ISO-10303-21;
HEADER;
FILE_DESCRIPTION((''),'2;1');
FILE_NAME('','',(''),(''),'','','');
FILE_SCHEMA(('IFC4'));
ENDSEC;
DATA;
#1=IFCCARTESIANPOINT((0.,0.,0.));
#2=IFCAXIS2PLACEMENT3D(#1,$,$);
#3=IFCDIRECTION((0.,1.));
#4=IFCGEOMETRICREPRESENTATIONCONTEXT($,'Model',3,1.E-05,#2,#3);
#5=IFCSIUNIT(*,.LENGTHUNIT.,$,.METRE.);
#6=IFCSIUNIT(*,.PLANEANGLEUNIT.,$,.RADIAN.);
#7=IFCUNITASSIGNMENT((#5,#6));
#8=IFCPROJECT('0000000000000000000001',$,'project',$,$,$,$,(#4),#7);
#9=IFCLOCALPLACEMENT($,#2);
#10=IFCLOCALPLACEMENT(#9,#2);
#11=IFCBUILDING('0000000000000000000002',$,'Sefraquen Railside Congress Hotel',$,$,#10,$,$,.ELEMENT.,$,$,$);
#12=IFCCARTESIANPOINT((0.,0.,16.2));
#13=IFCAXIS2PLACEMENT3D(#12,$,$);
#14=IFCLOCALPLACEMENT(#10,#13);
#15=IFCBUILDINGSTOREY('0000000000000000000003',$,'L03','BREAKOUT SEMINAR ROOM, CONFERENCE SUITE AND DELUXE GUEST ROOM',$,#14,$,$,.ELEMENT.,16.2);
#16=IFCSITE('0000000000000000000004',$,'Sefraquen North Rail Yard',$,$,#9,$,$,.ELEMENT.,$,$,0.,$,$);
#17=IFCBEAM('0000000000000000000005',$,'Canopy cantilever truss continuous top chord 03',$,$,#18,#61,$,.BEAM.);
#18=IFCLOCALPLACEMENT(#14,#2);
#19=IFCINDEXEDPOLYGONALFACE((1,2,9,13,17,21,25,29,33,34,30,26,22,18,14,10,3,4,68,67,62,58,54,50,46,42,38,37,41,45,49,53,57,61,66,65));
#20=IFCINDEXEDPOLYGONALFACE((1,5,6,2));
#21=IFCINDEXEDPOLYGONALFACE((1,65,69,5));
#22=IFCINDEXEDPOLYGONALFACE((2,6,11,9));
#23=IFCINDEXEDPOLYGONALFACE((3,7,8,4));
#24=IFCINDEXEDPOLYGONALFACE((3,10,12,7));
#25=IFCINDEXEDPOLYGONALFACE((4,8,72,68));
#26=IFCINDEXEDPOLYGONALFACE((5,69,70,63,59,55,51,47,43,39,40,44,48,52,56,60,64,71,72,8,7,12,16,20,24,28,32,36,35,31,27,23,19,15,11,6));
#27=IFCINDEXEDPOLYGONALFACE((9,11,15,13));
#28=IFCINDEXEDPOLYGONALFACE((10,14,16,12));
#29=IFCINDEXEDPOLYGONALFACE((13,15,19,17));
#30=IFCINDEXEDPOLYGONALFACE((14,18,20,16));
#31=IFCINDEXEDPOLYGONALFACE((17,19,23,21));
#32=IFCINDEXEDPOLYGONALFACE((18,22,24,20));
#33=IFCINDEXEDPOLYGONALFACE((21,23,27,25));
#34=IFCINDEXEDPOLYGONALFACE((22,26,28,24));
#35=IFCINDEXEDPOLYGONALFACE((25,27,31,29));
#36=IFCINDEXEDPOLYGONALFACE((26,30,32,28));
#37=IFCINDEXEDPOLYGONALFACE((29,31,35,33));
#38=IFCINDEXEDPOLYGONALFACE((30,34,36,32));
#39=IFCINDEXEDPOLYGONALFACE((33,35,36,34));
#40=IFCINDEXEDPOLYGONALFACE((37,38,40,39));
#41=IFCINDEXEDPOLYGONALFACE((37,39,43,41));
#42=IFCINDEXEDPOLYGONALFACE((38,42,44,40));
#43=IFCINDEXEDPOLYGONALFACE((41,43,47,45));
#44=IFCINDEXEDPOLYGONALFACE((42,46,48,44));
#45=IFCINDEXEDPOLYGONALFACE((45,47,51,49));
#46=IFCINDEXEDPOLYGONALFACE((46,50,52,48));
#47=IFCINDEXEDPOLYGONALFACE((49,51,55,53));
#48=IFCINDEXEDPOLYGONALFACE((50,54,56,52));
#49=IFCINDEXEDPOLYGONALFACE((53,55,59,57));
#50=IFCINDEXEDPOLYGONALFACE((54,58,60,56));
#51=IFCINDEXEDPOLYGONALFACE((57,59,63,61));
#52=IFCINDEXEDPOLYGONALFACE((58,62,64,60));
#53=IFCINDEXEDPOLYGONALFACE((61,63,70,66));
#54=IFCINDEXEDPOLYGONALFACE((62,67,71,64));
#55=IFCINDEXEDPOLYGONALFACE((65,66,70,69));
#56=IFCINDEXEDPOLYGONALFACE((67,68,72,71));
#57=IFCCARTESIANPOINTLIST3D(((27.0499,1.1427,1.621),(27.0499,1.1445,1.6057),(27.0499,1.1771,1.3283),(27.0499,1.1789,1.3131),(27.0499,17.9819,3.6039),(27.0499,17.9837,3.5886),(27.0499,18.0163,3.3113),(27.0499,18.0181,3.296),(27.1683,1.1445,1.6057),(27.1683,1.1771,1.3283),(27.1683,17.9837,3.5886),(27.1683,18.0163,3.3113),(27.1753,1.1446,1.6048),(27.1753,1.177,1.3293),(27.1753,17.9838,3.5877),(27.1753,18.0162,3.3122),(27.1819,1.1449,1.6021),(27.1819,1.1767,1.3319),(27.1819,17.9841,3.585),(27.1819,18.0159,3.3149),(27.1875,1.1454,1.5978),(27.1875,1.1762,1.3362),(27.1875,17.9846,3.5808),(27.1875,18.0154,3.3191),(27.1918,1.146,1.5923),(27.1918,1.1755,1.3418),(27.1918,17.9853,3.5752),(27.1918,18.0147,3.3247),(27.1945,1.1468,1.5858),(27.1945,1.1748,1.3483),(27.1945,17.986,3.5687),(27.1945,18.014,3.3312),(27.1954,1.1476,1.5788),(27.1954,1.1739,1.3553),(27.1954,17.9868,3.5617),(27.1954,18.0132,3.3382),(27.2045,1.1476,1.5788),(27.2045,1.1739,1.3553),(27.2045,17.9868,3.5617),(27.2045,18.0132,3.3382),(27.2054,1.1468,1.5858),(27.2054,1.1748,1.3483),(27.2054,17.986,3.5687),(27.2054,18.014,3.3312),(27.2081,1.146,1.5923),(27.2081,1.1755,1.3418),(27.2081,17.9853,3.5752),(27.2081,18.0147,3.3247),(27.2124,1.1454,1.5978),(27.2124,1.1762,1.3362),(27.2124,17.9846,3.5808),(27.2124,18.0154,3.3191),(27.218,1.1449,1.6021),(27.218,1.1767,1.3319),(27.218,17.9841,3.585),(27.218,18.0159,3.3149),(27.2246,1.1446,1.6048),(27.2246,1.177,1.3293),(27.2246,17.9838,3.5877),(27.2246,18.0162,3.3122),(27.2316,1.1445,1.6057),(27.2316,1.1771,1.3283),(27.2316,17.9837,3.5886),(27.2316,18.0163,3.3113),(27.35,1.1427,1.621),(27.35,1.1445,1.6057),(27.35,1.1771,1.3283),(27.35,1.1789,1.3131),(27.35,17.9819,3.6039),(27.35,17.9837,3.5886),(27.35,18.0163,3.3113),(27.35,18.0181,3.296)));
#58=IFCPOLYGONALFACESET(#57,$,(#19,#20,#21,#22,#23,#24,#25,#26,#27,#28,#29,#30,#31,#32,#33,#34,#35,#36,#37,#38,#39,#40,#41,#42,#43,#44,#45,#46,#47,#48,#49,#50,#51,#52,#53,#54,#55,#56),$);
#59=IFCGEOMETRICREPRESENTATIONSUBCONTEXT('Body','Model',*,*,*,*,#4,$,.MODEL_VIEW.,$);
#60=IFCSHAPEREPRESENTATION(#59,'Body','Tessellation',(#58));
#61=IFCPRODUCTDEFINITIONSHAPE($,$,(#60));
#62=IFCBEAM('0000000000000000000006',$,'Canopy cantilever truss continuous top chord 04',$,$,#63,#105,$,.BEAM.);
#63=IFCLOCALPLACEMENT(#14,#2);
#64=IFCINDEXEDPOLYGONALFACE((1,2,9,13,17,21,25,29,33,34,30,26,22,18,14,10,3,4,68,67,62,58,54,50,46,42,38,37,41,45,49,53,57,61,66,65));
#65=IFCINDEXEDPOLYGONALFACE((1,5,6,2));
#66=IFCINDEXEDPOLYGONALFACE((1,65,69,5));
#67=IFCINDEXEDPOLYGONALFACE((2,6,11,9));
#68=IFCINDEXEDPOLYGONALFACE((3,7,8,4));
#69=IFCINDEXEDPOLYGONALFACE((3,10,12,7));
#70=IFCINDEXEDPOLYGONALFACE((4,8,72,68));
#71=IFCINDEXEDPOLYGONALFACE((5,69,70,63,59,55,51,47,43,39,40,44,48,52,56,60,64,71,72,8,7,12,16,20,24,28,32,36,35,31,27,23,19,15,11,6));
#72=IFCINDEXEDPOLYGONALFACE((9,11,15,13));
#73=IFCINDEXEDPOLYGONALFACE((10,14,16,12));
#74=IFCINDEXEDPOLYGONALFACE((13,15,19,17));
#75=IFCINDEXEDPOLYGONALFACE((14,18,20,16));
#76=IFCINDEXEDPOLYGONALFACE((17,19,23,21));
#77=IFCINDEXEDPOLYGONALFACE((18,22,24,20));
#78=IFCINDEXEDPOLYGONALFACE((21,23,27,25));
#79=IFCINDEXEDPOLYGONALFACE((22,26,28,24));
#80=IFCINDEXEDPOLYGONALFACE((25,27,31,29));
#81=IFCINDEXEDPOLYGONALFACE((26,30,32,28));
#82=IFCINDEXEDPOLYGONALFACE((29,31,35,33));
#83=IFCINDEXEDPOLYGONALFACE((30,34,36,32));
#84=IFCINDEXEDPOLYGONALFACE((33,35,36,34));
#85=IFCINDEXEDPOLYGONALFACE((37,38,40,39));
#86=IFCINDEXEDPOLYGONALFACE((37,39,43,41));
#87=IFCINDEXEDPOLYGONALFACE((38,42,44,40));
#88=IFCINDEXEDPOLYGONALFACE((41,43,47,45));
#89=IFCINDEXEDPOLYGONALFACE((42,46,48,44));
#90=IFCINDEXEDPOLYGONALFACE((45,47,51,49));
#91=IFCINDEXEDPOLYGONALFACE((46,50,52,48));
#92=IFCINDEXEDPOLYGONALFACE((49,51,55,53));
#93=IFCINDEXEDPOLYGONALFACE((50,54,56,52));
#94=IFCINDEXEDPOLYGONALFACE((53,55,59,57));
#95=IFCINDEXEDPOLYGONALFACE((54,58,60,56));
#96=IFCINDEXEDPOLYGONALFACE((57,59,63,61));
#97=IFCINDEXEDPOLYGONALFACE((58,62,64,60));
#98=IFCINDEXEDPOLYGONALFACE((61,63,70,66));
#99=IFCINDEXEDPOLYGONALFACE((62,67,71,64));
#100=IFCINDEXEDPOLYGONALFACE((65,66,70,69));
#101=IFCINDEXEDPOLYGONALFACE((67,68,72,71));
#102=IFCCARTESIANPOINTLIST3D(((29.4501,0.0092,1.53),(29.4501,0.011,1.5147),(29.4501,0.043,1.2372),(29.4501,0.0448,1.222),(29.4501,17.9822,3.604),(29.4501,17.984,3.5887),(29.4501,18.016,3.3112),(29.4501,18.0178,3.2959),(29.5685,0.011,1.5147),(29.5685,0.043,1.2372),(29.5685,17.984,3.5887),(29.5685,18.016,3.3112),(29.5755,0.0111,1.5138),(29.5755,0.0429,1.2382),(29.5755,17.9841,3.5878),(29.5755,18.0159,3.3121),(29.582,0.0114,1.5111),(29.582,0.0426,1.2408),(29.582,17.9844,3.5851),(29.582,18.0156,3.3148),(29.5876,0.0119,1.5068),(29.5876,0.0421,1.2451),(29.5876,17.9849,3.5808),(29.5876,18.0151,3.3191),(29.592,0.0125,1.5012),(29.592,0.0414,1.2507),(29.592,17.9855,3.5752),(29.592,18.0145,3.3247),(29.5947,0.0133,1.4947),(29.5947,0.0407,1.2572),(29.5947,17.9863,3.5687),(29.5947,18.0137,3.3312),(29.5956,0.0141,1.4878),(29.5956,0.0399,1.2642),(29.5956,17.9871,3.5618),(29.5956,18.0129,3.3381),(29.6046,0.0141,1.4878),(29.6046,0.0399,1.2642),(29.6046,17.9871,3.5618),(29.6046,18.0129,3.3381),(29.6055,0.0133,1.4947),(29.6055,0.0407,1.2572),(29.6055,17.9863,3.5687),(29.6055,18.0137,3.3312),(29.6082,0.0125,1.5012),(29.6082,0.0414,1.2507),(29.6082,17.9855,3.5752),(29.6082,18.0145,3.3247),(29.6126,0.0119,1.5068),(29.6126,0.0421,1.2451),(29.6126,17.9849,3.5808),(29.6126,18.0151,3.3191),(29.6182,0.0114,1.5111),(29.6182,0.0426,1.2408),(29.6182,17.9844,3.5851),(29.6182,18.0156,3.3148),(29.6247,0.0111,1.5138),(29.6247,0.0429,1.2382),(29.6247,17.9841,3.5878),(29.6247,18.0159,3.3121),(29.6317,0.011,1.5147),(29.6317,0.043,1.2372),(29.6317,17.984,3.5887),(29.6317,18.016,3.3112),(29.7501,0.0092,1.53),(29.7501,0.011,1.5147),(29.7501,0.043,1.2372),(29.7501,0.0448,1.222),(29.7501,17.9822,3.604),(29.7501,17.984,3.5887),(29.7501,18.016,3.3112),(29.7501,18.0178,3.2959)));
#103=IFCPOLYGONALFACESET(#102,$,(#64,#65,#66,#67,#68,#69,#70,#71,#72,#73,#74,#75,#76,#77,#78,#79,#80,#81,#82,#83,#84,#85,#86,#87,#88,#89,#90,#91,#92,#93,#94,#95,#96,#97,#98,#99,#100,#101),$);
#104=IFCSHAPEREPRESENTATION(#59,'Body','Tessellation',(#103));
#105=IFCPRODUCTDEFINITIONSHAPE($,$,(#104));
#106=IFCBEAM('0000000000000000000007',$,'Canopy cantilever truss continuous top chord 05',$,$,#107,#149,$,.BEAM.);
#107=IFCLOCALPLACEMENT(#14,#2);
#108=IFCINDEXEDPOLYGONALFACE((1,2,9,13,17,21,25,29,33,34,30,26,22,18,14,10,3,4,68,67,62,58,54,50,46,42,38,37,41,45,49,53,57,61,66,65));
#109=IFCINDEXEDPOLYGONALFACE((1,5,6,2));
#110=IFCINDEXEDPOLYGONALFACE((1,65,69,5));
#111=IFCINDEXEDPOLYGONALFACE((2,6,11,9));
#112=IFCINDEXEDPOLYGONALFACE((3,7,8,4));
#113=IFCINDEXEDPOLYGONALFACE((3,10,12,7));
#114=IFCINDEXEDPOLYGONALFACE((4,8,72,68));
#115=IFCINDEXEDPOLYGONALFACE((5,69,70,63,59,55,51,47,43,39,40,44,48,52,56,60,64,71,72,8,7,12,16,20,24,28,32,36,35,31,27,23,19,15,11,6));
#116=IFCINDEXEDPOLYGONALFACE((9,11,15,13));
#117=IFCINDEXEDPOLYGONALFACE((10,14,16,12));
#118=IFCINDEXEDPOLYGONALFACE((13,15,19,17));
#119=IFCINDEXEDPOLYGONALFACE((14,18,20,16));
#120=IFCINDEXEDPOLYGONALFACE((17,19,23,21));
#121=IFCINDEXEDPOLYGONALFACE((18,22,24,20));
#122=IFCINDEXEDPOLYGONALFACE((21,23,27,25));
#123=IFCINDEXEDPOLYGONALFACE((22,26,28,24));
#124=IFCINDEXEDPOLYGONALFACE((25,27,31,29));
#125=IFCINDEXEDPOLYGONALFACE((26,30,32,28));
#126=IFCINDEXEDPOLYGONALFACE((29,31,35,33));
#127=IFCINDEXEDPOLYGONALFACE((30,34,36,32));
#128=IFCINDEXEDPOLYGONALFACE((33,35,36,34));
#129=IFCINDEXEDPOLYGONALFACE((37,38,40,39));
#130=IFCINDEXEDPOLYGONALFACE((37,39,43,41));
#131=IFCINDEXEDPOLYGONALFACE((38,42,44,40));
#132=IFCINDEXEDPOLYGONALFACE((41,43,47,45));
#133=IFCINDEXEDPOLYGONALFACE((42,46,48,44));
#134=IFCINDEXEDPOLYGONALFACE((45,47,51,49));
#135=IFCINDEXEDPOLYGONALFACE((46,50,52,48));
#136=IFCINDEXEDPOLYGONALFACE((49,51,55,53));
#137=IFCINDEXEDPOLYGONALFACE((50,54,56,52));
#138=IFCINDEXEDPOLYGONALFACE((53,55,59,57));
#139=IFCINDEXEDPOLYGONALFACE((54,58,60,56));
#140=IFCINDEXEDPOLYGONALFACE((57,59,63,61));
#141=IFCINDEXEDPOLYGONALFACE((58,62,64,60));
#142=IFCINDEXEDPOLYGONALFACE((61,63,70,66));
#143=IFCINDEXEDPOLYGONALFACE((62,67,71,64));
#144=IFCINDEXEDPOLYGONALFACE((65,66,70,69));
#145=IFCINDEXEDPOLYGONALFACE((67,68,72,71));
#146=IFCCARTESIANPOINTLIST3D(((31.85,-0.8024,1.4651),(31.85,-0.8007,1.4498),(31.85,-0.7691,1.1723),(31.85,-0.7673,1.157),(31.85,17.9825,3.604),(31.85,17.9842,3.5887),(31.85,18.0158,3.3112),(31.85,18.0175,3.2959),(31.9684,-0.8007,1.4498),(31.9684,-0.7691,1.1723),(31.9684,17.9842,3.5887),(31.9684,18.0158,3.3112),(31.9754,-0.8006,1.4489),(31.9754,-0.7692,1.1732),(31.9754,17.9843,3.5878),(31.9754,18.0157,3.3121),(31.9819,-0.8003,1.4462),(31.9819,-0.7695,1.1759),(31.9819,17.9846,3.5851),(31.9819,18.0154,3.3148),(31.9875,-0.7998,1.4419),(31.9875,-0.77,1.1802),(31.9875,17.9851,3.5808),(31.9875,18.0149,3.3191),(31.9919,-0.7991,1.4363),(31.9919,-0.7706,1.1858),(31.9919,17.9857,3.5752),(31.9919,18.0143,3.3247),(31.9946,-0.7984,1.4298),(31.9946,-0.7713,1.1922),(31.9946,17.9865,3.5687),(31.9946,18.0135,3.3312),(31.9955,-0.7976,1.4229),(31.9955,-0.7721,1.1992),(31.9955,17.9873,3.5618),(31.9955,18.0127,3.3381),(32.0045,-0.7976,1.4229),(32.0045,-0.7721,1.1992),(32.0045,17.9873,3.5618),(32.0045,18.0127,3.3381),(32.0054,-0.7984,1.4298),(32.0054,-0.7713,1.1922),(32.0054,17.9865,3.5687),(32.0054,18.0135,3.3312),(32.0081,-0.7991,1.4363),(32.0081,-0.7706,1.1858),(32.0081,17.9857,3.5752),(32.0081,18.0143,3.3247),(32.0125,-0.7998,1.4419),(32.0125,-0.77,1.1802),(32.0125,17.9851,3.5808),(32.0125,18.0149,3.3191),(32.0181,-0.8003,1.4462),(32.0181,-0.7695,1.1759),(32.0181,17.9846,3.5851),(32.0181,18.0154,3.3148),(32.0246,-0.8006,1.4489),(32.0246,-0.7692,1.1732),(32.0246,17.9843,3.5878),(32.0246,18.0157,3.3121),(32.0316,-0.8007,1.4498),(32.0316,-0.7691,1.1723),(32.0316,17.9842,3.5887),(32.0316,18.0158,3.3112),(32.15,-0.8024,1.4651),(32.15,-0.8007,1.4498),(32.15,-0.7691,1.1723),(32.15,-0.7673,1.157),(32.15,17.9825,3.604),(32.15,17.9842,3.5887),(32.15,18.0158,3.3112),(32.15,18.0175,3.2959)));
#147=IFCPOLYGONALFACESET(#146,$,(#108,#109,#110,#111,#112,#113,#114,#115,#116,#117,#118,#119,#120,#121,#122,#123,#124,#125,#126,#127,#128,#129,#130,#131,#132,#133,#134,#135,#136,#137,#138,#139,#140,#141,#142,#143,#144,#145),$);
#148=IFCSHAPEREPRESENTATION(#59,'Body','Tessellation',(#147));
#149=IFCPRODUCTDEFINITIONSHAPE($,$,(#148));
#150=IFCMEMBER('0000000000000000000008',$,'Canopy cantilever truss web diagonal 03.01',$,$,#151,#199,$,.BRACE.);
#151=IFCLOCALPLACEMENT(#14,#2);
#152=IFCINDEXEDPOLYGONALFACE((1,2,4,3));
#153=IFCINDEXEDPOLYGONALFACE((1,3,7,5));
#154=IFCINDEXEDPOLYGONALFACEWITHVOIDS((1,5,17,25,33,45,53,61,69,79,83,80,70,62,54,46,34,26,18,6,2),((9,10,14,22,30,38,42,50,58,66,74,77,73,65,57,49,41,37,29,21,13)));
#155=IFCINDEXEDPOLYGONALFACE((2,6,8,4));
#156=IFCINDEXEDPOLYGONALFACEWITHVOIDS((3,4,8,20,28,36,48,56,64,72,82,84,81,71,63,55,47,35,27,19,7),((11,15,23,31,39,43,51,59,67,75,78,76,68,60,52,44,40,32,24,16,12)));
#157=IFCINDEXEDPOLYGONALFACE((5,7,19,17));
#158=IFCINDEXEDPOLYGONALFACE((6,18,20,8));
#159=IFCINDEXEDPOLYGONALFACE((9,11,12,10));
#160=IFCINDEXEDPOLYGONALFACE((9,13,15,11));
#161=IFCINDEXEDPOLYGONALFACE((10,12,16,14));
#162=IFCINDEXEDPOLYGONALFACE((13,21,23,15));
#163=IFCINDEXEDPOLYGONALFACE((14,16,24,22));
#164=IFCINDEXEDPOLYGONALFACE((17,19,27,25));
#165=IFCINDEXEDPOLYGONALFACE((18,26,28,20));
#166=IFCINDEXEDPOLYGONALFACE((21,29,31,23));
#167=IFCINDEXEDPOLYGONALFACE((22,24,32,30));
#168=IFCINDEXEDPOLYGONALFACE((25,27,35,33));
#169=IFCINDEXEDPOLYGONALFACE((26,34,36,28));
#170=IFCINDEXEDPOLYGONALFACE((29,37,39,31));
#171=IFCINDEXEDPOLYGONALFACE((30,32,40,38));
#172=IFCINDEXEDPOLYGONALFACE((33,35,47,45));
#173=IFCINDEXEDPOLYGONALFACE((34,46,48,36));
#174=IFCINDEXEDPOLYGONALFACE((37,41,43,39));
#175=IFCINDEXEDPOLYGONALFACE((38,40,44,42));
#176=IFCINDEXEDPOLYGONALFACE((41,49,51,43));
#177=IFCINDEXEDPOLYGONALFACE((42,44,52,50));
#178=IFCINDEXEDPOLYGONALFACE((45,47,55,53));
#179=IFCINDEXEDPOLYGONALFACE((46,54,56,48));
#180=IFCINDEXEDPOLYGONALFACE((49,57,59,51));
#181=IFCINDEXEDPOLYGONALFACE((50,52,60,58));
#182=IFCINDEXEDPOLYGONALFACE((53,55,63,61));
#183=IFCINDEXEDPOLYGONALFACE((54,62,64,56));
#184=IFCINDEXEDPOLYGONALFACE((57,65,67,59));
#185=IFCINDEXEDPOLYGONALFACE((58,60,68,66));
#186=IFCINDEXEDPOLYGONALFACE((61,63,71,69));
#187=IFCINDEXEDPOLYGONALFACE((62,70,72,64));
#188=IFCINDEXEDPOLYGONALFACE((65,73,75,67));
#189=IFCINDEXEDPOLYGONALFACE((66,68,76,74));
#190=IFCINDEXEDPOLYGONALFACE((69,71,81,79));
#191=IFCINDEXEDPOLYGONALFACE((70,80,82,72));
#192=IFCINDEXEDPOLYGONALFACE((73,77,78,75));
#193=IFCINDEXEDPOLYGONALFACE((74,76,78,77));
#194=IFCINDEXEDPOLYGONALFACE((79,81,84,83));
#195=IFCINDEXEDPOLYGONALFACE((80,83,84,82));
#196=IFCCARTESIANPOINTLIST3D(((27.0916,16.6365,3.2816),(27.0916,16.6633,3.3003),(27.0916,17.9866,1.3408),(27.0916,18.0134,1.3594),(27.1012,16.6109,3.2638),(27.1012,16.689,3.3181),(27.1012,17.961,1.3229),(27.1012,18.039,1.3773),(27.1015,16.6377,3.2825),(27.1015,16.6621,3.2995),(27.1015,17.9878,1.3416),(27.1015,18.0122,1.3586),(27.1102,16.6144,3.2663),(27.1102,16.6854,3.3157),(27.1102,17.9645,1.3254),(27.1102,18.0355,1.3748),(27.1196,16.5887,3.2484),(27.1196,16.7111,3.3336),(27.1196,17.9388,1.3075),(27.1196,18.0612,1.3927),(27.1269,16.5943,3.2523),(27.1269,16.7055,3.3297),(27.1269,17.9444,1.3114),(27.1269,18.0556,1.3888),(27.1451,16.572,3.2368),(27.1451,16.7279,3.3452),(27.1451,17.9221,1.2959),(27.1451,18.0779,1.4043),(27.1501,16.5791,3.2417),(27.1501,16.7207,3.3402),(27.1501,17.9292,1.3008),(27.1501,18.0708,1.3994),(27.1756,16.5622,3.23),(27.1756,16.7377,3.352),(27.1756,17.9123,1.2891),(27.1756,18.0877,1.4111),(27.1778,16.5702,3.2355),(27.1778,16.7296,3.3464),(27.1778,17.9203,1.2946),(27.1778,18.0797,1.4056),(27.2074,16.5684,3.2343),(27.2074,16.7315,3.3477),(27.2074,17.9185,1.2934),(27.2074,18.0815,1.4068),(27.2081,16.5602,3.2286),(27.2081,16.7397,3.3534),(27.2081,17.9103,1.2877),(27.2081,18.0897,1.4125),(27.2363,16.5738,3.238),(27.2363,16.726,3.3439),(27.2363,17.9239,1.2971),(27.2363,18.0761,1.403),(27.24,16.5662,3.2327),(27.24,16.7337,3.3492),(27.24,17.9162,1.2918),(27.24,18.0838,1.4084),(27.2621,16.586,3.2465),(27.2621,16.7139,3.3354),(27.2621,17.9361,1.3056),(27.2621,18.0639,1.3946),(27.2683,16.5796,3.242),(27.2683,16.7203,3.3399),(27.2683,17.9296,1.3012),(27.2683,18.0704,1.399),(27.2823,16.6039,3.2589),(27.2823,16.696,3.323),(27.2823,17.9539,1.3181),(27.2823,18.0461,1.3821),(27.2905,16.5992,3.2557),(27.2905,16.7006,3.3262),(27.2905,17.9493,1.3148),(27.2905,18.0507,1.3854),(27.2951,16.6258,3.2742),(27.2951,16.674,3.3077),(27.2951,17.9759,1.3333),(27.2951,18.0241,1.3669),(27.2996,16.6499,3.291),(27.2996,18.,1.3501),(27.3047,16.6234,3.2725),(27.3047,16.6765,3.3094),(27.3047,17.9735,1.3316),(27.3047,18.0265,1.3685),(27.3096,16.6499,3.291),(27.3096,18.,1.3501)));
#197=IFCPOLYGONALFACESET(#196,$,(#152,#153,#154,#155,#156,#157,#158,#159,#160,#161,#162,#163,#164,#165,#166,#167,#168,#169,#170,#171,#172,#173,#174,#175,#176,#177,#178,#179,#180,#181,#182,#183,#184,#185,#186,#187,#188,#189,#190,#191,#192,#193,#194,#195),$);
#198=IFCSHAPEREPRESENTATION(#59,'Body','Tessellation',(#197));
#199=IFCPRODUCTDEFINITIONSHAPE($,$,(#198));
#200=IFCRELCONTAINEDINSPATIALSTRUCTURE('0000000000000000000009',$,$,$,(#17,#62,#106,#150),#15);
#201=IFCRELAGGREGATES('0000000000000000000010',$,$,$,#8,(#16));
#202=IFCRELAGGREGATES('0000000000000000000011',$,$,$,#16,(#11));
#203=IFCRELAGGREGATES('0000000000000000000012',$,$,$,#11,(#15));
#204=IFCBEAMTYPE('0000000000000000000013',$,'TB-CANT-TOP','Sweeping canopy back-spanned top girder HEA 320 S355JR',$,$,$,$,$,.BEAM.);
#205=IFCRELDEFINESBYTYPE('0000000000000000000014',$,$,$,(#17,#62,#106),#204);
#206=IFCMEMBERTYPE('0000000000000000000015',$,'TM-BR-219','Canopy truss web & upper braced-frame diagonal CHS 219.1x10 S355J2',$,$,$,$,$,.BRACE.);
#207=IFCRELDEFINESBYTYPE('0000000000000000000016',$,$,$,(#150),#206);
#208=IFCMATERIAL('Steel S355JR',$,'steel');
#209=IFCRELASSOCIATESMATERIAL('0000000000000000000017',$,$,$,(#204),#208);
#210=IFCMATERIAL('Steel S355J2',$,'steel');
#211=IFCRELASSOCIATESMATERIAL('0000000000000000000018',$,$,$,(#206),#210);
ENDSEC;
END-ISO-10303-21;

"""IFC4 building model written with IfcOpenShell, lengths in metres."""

from ifc_helpers import new_model, si_unit, direction, frame, origin, origin_2d, place, context, subcontext, project, spatial, hollow_circle, i_section, extrude, material, material_profile, profile_set, type_object, element, save


model = new_model("IFC4")

# Units and contexts
model_context = context("Model", 3, precision=1e-05, world=origin(), true_north=direction((0.0, 1.0)))
body_context = subcontext(model_context, "Body", "Model", "MODEL_VIEW")
ifc_project = project(units=[si_unit("LENGTHUNIT", "METRE"), si_unit("PLANEANGLEUNIT", "RADIAN")], contexts=[model_context])

# Site, building, storey
site_placement = place(None, origin())
site = spatial("IfcSite", under=ifc_project, at=site_placement, Name="Sefraquen North Rail Yard", CompositionType="ELEMENT", RefElevation=0.0)
building_placement = place(site_placement, origin())
building = spatial("IfcBuilding", under=site, at=building_placement, Name="Sefraquen Railside Congress Hotel", CompositionType="ELEMENT")
storey_placement = place(building_placement, frame((0.0, 0.0, 16.2)))
storey = spatial("IfcBuildingStorey", under=building, at=storey_placement, Name="L03", Description="BREAKOUT SEMINAR ROOM, CONFERENCE SUITE AND DELUXE GUEST ROOM", CompositionType="ELEMENT", Elevation=16.2)

# Beams
ifc_material_1 = material(Name="Steel S355J2", Category="steel")
ifc_material_2 = material(Name="Steel S355JR", Category="steel")
ifc_material_profile_1 = material_profile(ifc_material_2, i_section(OverallWidth=0.3, OverallDepth=0.3101, WebThickness=0.009, FlangeThickness=0.0154, FilletRadius=0.0271, at=origin_2d()), Name="HEA 320")
ifc_profile_set_1 = profile_set([ifc_material_profile_1], Name="Steel S355JR")
beam_type_1 = type_object("IfcBeamType", Name="TB-CANT-TOP", Description="Sweeping canopy back-spanned top girder HEA 320 S355JR", PredefinedType="BEAM", material=ifc_profile_set_1)
beam_1_placement = place(storey_placement, frame((27.2, 18.0, 3.45), z_axis=(0.0, -0.993138, -0.116948), x_axis=(1.0, 0.0, 0.0)))
element("IfcBeam", 1, at=beam_1_placement, inside=storey, type_object=beam_type_1, Name="Canopy cantilever truss continuous top chord 03", PredefinedType="BEAM", context=body_context, shape_type="SweptSolid", body=[
    extrude(i_section(OverallWidth=0.3, OverallDepth=0.3101, WebThickness=0.009, FlangeThickness=0.0154, FilletRadius=0.0271, at=origin_2d()), origin(), (0.0, 0.0, 1.0), 16.9556),
])
beam_2_placement = place(storey_placement, frame((29.6001, 18.0, 3.45), z_axis=(0.0, -0.993408, -0.114634), x_axis=(1.0, 0.0, 0.0)))
element("IfcBeam", 2, at=beam_2_placement, inside=storey, type_object=beam_type_1, Name="Canopy cantilever truss continuous top chord 04", PredefinedType="BEAM", context=body_context, shape_type="SweptSolid", body=[
    extrude(i_section(OverallWidth=0.3, OverallDepth=0.3101, WebThickness=0.009, FlangeThickness=0.0154, FilletRadius=0.0271, at=origin_2d()), origin(), (0.0, 0.0, 1.0), 18.0923),
])
beam_3_placement = place(storey_placement, frame((32.0, 18.0, 3.45), z_axis=(0.0, -0.99358, -0.113132), x_axis=(1.0, 0.0, 0.0)))
element("IfcBeam", 3, at=beam_3_placement, inside=storey, type_object=beam_type_1, Name="Canopy cantilever truss continuous top chord 05", PredefinedType="BEAM", context=body_context, shape_type="SweptSolid", body=[
    extrude(i_section(OverallWidth=0.3, OverallDepth=0.3101, WebThickness=0.009, FlangeThickness=0.0154, FilletRadius=0.0271, at=origin_2d()), origin(), (0.0, 0.0, 1.0), 18.9062),
])

# Member
ifc_material_profile_2 = material_profile(ifc_material_1, hollow_circle(Radius=0.1096, WallThickness=0.01, at=origin_2d()), Name="CHS 219.1x10")
ifc_profile_set_2 = profile_set([ifc_material_profile_2], Name="Steel S355J2")
member_type_1 = type_object("IfcMemberType", Name="TM-BR-219", Description="Canopy truss web & upper braced-frame diagonal CHS 219.1x10 S355J2", PredefinedType="BRACE", material=ifc_profile_set_2)
member_1_placement = place(storey_placement, frame((27.2, 18.0, 1.3501), z_axis=(0.0, -0.571034, 0.820926), x_axis=(1.0, 0.0, 0.0)))
element("IfcMember", 4, at=member_1_placement, inside=storey, type_object=member_type_1, Name="Canopy cantilever truss web diagonal 03.01", PredefinedType="BRACE", context=body_context, shape_type="SweptSolid", body=[
    extrude(hollow_circle(Radius=0.1096, WallThickness=0.01, at=origin_2d()), origin(), (0.0, 0.0, 1.0), 2.3643),
])

save(model, "model.ifc")
